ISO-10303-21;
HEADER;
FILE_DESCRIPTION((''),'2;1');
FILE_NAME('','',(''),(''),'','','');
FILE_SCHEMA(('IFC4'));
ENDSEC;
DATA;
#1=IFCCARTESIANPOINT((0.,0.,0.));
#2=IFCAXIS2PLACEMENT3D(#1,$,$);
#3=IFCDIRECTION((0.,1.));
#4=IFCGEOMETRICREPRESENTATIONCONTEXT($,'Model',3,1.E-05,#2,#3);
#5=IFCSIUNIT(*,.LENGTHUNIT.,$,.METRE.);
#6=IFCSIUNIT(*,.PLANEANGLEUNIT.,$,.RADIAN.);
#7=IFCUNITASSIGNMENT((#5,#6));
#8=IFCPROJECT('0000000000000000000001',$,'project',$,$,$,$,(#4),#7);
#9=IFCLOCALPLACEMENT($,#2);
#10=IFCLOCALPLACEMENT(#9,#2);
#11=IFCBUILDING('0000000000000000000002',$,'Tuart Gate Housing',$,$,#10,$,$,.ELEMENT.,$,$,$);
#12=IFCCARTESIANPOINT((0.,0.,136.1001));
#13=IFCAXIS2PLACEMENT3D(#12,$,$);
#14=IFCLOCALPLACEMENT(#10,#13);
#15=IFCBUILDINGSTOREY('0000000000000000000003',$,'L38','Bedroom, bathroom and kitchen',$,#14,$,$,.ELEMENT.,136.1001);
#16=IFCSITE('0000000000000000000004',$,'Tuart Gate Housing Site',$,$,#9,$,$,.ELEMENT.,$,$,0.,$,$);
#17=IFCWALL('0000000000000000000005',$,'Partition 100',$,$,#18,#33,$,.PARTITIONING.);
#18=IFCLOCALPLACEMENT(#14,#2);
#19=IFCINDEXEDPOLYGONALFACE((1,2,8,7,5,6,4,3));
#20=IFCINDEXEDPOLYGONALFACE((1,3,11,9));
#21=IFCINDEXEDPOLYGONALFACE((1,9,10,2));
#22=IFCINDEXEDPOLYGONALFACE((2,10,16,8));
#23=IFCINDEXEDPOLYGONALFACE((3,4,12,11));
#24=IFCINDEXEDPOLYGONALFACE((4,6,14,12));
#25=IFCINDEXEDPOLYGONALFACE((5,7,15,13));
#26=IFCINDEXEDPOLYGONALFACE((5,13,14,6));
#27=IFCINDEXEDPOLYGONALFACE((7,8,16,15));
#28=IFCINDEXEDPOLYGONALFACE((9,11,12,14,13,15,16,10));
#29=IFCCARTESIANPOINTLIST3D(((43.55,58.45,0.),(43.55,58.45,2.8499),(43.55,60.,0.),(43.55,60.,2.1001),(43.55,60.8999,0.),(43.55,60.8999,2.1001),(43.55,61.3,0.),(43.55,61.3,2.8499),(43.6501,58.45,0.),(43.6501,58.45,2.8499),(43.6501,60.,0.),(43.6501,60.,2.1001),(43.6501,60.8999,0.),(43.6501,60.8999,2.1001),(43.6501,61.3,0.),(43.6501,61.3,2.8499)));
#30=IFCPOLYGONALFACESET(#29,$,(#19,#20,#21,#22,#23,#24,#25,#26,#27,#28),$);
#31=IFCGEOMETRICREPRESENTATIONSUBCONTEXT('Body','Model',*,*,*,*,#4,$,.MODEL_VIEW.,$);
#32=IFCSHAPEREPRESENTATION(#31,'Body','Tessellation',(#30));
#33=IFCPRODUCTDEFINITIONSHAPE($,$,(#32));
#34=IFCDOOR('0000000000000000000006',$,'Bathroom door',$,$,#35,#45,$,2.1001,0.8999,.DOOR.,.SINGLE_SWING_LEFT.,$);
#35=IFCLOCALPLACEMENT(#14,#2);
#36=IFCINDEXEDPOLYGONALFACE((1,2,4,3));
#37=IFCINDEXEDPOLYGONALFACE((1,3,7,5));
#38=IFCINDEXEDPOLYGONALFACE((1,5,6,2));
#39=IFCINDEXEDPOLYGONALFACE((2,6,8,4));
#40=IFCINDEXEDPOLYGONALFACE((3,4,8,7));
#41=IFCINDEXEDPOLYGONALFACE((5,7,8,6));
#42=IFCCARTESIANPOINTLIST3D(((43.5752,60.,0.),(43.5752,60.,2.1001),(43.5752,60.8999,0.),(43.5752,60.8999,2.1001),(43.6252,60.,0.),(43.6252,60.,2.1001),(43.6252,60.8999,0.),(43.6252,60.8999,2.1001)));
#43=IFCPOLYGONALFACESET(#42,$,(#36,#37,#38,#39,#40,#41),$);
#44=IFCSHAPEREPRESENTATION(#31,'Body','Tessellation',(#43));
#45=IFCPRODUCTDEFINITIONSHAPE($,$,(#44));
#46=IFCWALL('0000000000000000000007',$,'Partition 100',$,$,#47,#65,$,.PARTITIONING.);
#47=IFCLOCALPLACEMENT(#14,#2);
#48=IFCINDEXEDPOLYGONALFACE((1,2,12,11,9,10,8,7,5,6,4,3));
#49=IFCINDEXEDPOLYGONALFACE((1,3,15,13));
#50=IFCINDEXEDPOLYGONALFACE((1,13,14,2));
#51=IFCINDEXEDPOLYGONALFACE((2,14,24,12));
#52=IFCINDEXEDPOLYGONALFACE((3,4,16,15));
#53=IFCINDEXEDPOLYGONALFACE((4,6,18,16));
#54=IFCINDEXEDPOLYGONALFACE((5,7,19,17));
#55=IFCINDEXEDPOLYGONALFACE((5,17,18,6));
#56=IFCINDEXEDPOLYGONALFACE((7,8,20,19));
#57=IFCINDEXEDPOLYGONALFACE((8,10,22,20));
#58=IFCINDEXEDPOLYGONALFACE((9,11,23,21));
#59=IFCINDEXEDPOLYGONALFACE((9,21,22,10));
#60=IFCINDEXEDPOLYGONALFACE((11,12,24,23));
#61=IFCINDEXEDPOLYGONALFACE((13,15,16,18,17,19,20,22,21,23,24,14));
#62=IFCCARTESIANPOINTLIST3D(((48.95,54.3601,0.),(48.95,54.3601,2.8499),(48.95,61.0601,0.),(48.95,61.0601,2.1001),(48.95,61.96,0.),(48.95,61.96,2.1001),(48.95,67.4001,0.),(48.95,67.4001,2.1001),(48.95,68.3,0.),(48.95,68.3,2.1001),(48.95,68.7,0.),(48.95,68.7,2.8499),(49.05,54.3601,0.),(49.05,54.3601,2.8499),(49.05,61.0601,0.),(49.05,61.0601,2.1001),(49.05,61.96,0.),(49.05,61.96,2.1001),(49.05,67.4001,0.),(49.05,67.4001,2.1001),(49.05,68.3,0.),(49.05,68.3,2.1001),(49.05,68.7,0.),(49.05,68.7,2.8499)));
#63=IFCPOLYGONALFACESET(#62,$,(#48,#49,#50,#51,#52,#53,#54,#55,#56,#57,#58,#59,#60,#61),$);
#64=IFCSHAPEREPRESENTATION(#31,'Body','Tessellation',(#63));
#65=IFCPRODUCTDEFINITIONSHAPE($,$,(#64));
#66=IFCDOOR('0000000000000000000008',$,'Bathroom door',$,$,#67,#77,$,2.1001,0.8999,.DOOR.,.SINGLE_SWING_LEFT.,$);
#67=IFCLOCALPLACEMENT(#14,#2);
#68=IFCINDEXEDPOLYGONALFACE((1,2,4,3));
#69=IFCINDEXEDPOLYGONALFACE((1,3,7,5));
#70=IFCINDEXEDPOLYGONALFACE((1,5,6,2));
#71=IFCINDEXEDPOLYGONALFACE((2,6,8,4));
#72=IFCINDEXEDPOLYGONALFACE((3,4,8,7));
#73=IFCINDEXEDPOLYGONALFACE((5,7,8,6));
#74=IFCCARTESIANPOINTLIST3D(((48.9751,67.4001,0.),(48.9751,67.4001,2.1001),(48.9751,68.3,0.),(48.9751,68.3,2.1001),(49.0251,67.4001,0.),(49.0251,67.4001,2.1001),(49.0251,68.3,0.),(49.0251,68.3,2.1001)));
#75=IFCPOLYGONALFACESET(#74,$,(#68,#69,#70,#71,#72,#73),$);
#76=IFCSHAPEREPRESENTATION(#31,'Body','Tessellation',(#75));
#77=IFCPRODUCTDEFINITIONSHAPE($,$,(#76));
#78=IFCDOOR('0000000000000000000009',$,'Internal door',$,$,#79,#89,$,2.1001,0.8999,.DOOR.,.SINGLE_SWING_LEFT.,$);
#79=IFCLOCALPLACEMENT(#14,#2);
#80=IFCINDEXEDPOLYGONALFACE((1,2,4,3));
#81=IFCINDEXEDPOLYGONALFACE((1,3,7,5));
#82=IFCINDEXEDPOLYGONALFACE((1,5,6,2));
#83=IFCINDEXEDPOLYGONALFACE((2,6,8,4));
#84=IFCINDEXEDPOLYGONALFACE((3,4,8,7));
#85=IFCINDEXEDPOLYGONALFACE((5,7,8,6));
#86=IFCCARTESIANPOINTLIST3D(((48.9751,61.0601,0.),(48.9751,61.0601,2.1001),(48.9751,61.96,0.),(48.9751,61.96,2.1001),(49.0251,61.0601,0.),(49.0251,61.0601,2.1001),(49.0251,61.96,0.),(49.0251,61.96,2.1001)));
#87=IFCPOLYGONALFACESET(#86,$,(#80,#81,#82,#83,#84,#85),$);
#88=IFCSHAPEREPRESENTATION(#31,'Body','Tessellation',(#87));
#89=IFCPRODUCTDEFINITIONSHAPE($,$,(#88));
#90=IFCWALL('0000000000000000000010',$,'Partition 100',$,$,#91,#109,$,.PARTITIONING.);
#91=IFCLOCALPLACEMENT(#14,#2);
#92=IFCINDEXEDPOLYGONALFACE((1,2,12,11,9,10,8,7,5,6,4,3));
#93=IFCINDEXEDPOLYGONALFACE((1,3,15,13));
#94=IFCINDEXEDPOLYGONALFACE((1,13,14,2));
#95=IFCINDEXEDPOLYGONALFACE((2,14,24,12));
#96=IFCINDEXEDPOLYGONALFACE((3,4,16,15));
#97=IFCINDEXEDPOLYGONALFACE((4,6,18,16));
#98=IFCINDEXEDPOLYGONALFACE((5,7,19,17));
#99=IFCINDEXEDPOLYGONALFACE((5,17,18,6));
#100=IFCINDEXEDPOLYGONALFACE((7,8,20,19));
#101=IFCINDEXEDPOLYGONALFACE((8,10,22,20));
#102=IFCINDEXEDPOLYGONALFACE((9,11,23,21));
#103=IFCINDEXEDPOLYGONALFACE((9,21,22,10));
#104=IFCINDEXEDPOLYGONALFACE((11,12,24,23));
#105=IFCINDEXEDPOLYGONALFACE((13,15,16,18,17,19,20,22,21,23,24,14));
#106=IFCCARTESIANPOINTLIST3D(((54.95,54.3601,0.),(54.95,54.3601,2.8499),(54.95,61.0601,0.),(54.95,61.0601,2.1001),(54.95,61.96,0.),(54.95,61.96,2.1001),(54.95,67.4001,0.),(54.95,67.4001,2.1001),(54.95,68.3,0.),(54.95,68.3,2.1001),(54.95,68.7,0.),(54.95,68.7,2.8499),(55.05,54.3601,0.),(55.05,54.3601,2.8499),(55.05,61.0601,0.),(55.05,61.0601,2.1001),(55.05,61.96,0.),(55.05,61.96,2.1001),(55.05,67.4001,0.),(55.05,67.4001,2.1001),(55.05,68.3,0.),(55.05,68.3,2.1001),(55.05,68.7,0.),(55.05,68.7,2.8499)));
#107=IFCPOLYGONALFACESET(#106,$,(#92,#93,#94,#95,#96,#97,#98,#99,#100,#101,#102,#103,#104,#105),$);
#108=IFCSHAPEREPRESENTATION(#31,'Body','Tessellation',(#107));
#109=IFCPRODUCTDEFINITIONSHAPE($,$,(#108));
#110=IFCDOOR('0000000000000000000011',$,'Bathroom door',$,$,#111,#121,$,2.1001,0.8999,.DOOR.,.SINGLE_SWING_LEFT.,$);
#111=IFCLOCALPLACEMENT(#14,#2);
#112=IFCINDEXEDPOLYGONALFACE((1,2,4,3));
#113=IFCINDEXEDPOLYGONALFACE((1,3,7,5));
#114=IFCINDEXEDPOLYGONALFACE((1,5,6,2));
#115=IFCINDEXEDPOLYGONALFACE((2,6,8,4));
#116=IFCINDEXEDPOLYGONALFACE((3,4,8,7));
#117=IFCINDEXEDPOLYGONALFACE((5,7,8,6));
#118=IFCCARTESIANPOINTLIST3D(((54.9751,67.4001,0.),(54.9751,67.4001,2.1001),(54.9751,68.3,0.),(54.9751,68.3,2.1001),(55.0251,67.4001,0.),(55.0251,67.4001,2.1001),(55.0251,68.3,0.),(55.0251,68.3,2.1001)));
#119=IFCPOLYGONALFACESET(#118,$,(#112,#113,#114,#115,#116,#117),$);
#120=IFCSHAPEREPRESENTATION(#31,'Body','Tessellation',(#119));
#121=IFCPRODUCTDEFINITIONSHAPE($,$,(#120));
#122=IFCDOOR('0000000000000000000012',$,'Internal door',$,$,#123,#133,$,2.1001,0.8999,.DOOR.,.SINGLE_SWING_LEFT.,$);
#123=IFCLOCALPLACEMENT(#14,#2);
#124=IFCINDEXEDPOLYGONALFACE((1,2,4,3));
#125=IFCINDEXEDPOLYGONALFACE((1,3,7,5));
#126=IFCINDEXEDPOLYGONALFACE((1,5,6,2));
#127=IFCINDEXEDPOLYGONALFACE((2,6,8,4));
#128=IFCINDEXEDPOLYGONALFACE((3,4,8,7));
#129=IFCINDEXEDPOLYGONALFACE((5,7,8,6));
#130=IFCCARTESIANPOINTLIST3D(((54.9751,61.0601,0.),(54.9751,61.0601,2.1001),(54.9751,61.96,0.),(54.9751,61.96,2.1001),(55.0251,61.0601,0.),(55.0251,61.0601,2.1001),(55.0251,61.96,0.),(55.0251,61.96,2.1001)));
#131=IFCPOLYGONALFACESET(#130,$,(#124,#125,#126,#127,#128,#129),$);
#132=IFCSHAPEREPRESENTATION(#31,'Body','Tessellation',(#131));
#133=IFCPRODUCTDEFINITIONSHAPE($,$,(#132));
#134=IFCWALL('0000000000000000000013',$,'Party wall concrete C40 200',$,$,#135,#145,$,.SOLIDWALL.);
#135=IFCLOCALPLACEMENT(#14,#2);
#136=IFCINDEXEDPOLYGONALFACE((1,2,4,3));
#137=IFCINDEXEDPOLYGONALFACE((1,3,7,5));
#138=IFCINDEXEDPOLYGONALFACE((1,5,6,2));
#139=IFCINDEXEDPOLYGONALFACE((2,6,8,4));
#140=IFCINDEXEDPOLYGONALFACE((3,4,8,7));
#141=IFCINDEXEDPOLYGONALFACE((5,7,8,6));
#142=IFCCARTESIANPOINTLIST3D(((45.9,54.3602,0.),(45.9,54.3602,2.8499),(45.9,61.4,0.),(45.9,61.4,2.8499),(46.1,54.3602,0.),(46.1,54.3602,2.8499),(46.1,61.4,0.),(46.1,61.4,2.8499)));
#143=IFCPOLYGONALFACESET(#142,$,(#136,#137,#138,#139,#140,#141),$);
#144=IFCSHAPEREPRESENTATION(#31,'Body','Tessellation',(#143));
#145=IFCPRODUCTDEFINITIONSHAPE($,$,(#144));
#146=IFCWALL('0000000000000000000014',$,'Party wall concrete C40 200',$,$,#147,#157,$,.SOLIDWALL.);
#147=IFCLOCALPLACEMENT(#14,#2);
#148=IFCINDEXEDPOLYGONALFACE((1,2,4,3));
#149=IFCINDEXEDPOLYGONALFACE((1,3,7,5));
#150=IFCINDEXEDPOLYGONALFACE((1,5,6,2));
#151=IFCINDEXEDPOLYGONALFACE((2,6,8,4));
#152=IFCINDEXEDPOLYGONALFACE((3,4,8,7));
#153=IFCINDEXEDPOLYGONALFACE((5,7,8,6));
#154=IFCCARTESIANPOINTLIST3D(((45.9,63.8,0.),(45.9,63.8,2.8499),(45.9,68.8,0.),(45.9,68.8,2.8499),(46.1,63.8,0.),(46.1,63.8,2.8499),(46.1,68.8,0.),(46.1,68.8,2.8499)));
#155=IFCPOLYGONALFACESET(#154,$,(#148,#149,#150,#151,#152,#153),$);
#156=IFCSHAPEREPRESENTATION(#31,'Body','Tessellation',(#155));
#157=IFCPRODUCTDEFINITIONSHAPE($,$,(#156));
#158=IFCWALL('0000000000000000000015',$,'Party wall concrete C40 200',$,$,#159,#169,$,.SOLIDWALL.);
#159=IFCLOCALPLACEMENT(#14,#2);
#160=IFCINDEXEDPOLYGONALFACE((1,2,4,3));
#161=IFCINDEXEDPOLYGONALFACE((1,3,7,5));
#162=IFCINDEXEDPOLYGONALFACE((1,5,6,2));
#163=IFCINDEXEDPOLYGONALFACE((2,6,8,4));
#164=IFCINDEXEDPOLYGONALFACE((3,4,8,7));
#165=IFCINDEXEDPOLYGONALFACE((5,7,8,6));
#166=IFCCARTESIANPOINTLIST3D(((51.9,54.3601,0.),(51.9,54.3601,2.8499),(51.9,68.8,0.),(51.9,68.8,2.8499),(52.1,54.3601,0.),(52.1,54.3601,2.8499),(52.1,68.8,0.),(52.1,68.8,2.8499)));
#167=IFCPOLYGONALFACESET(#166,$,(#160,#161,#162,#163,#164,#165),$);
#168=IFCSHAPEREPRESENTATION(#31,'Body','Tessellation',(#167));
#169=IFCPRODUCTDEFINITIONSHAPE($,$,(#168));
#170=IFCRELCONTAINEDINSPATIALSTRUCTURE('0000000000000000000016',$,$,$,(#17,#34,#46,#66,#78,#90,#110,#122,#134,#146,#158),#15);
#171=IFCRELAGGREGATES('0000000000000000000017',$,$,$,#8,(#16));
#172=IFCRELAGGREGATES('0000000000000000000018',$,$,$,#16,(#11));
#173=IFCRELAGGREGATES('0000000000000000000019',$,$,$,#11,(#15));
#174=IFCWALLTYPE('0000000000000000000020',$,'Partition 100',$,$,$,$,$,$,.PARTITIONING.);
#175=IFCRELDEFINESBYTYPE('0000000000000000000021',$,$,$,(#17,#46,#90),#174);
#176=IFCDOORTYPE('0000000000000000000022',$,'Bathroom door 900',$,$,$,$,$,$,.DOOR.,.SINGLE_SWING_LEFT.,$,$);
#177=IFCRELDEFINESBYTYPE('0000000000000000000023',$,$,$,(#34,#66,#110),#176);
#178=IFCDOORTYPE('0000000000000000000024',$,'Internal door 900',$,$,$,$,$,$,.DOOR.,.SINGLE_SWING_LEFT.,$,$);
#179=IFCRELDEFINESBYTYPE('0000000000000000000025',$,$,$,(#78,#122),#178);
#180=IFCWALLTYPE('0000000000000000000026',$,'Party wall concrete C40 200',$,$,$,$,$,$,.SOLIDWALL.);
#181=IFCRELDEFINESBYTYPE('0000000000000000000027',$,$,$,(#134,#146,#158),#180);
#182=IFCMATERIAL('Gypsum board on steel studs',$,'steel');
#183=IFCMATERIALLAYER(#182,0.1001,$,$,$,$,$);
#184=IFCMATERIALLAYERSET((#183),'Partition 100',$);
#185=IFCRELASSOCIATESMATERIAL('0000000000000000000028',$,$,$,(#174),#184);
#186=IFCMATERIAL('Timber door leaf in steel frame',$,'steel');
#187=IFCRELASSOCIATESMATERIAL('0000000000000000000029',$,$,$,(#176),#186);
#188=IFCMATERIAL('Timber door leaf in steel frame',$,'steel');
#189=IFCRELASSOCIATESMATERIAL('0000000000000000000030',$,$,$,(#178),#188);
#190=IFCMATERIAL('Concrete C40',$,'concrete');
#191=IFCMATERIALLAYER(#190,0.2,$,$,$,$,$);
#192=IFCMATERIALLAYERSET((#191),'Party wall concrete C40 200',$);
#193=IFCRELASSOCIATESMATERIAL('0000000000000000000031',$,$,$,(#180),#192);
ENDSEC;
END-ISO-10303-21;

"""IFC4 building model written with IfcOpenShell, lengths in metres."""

from ifc_helpers import new_model, si_unit, direction, frame, frame_2d, origin, place, context, subcontext, project, spatial, rectangle, extrude, material, layer, layer_set, type_object, element, fill, save


model = new_model("IFC4")

# Units and contexts
model_context = context("Model", 3, precision=1e-05, world=origin(), true_north=direction((0.0, 1.0)))
body_context = subcontext(model_context, "Body", "Model", "MODEL_VIEW")
ifc_project = project(units=[si_unit("LENGTHUNIT", "METRE"), si_unit("PLANEANGLEUNIT", "RADIAN")], contexts=[model_context])

# Site, building, storey
site_placement = place(None, origin())
site = spatial("IfcSite", under=ifc_project, at=site_placement, Name="Tuart Gate Housing Site", CompositionType="ELEMENT", RefElevation=0.0)
building_placement = place(site_placement, origin())
building = spatial("IfcBuilding", under=site, at=building_placement, Name="Tuart Gate Housing", CompositionType="ELEMENT")
storey_placement = place(building_placement, frame((0.0, 0.0, 136.1001)))
storey = spatial("IfcBuildingStorey", under=building, at=storey_placement, Name="L38", Description="Bedroom, bathroom and kitchen", CompositionType="ELEMENT", Elevation=136.1001)

# Shared definitions
ifc_material_1 = material(Name="Gypsum board on steel studs", Category="steel")
ifc_layer_1 = layer(ifc_material_1, 0.1001)
ifc_layer_set_1 = layer_set([ifc_layer_1], Name="Partition 100")
wall_type_1 = type_object("IfcWallType", Name="Partition 100", PredefinedType="PARTITIONING", material=ifc_layer_set_1)

# Wall, opening, door
wall_1_placement = place(storey_placement, frame((43.6001, 58.45, 0.0), z_axis=(0.0, 0.0, 1.0), x_axis=(0.0, 1.0, 0.0)))
wall_1 = element("IfcWall", 1, at=wall_1_placement, inside=storey, type_object=wall_type_1, Name="Partition 100", PredefinedType="PARTITIONING", context=body_context, shape_type="SweptSolid", body=[
    extrude(rectangle(XDim=2.8501, YDim=0.1001, at=frame_2d((1.425, 0.0))), origin(), (0.0, 0.0, 1.0), 2.8499),
])
opening_1_placement = place(wall_1_placement, frame((1.55, 0.0, 0.0)))
opening_1 = element("IfcOpeningElement", 2, at=opening_1_placement, cuts=wall_1, PredefinedType="OPENING", context=body_context, shape_type="SweptSolid", body=[
    extrude(rectangle(XDim=0.8999, YDim=2.1001, at=frame_2d((0.45, 1.05))), frame((0.0, 0.0601, 0.0), z_axis=(0.0, -1.0, 0.0), x_axis=(1.0, 0.0, 0.0)), (0.0, 0.0, 1.0), 0.1201),
])
ifc_material_2 = material(Name="Timber door leaf in steel frame", Category="steel")
door_type_1 = type_object("IfcDoorType", Name="Bathroom door 900", OperationType="SINGLE_SWING_LEFT", PredefinedType="DOOR", material=ifc_material_2)
door_1_placement = place(opening_1_placement, frame((0.8999, 0.0, 0.0), z_axis=(0.0, 0.0, 1.0), x_axis=(-1.0, 0.0, 0.0)))
door_1 = element("IfcDoor", 3, at=door_1_placement, inside=storey, type_object=door_type_1, Name="Bathroom door", OperationType="SINGLE_SWING_LEFT", OverallHeight=2.1001, OverallWidth=0.8999, PredefinedType="DOOR", context=body_context, shape_type="SweptSolid", body=[
    extrude(rectangle(XDim=0.8999, YDim=2.1001, at=frame_2d((0.45, 1.05))), frame((0.0, 0.0251, 0.0), z_axis=(0.0, -1.0, 0.0), x_axis=(1.0, 0.0, 0.0)), (0.0, 0.0, 1.0), 0.05),
])
fill(opening_1, door_1)

# Walls, openings, doors
wall_2_placement = place(storey_placement, frame((49.0, 54.3601, 0.0), z_axis=(0.0, 0.0, 1.0), x_axis=(0.0, 1.0, 0.0)))
wall_2 = element("IfcWall", 4, at=wall_2_placement, inside=storey, type_object=wall_type_1, Name="Partition 100", PredefinedType="PARTITIONING", context=body_context, shape_type="SweptSolid", body=[
    extrude(rectangle(XDim=14.3398, YDim=0.1001, at=frame_2d((7.1699, 0.0))), origin(), (0.0, 0.0, 1.0), 2.8499),
])
opening_2_placement = place(wall_2_placement, frame((6.7, 0.0, 0.0)))
opening_2 = element("IfcOpeningElement", 5, at=opening_2_placement, cuts=wall_2, PredefinedType="OPENING", context=body_context, shape_type="SweptSolid", body=[
    extrude(rectangle(XDim=0.8999, YDim=2.1001, at=frame_2d((0.45, 1.05))), frame((0.0, 0.0601, 0.0), z_axis=(0.0, -1.0, 0.0), x_axis=(1.0, 0.0, 0.0)), (0.0, 0.0, 1.0), 0.1201),
])
opening_3_placement = place(wall_2_placement, frame((13.04, 0.0, 0.0)))
opening_3 = element("IfcOpeningElement", 6, at=opening_3_placement, cuts=wall_2, PredefinedType="OPENING", context=body_context, shape_type="SweptSolid", body=[
    extrude(rectangle(XDim=0.8999, YDim=2.1001, at=frame_2d((0.45, 1.05))), frame((0.0, 0.0601, 0.0), z_axis=(0.0, -1.0, 0.0), x_axis=(1.0, 0.0, 0.0)), (0.0, 0.0, 1.0), 0.1201),
])
door_2_placement = place(opening_3_placement, frame((0.8999, 0.0, 0.0), z_axis=(0.0, 0.0, 1.0), x_axis=(-1.0, 0.0, 0.0)))
door_2 = element("IfcDoor", 7, at=door_2_placement, inside=storey, type_object=door_type_1, Name="Bathroom door", OperationType="SINGLE_SWING_LEFT", OverallHeight=2.1001, OverallWidth=0.8999, PredefinedType="DOOR", context=body_context, shape_type="SweptSolid", body=[
    extrude(rectangle(XDim=0.8999, YDim=2.1001, at=frame_2d((0.45, 1.05))), frame((0.0, 0.0251, 0.0), z_axis=(0.0, -1.0, 0.0), x_axis=(1.0, 0.0, 0.0)), (0.0, 0.0, 1.0), 0.05),
])
fill(opening_3, door_2)
ifc_material_3 = material(Name="Timber door leaf in steel frame", Category="steel")
door_type_2 = type_object("IfcDoorType", Name="Internal door 900", OperationType="SINGLE_SWING_LEFT", PredefinedType="DOOR", material=ifc_material_3)
door_3_placement = place(opening_2_placement, frame((0.8999, 0.0, 0.0), z_axis=(0.0, 0.0, 1.0), x_axis=(-1.0, 0.0, 0.0)))
door_3 = element("IfcDoor", 8, at=door_3_placement, inside=storey, type_object=door_type_2, Name="Internal door", OperationType="SINGLE_SWING_LEFT", OverallHeight=2.1001, OverallWidth=0.8999, PredefinedType="DOOR", context=body_context, shape_type="SweptSolid", body=[
    extrude(rectangle(XDim=0.8999, YDim=2.1001, at=frame_2d((0.45, 1.05))), frame((0.0, 0.0251, 0.0), z_axis=(0.0, -1.0, 0.0), x_axis=(1.0, 0.0, 0.0)), (0.0, 0.0, 1.0), 0.05),
])
fill(opening_2, door_3)
wall_3_placement = place(storey_placement, frame((55.0, 54.3601, 0.0), z_axis=(0.0, 0.0, 1.0), x_axis=(0.0, 1.0, 0.0)))
wall_3 = element("IfcWall", 9, at=wall_3_placement, inside=storey, type_object=wall_type_1, Name="Partition 100", PredefinedType="PARTITIONING", context=body_context, shape_type="SweptSolid", body=[
    extrude(rectangle(XDim=14.3398, YDim=0.1001, at=frame_2d((7.1699, 0.0))), origin(), (0.0, 0.0, 1.0), 2.8499),
])
opening_4_placement = place(wall_3_placement, frame((6.7, 0.0, 0.0)))
opening_4 = element("IfcOpeningElement", 10, at=opening_4_placement, cuts=wall_3, PredefinedType="OPENING", context=body_context, shape_type="SweptSolid", body=[
    extrude(rectangle(XDim=0.8999, YDim=2.1001, at=frame_2d((0.45, 1.05))), frame((0.0, 0.0601, 0.0), z_axis=(0.0, -1.0, 0.0), x_axis=(1.0, 0.0, 0.0)), (0.0, 0.0, 1.0), 0.1201),
])
opening_5_placement = place(wall_3_placement, frame((13.04, 0.0, 0.0)))
opening_5 = element("IfcOpeningElement", 11, at=opening_5_placement, cuts=wall_3, PredefinedType="OPENING", context=body_context, shape_type="SweptSolid", body=[
    extrude(rectangle(XDim=0.8999, YDim=2.1001, at=frame_2d((0.45, 1.05))), frame((0.0, 0.0601, 0.0), z_axis=(0.0, -1.0, 0.0), x_axis=(1.0, 0.0, 0.0)), (0.0, 0.0, 1.0), 0.1201),
])
door_4_placement = place(opening_5_placement, frame((0.8999, 0.0, 0.0), z_axis=(0.0, 0.0, 1.0), x_axis=(-1.0, 0.0, 0.0)))
door_4 = element("IfcDoor", 12, at=door_4_placement, inside=storey, type_object=door_type_1, Name="Bathroom door", OperationType="SINGLE_SWING_LEFT", OverallHeight=2.1001, OverallWidth=0.8999, PredefinedType="DOOR", context=body_context, shape_type="SweptSolid", body=[
    extrude(rectangle(XDim=0.8999, YDim=2.1001, at=frame_2d((0.45, 1.05))), frame((0.0, 0.0251, 0.0), z_axis=(0.0, -1.0, 0.0), x_axis=(1.0, 0.0, 0.0)), (0.0, 0.0, 1.0), 0.05),
])
fill(opening_5, door_4)
door_5_placement = place(opening_4_placement, frame((0.8999, 0.0, 0.0), z_axis=(0.0, 0.0, 1.0), x_axis=(-1.0, 0.0, 0.0)))
door_5 = element("IfcDoor", 13, at=door_5_placement, inside=storey, type_object=door_type_2, Name="Internal door", OperationType="SINGLE_SWING_LEFT", OverallHeight=2.1001, OverallWidth=0.8999, PredefinedType="DOOR", context=body_context, shape_type="SweptSolid", body=[
    extrude(rectangle(XDim=0.8999, YDim=2.1001, at=frame_2d((0.45, 1.05))), frame((0.0, 0.0251, 0.0), z_axis=(0.0, -1.0, 0.0), x_axis=(1.0, 0.0, 0.0)), (0.0, 0.0, 1.0), 0.05),
])
fill(opening_4, door_5)

# Walls
ifc_material_4 = material(Name="Concrete C40", Category="concrete")
ifc_layer_2 = layer(ifc_material_4, 0.2)
ifc_layer_set_2 = layer_set([ifc_layer_2], Name="Party wall concrete C40 200")
wall_type_2 = type_object("IfcWallType", Name="Party wall concrete C40 200", PredefinedType="SOLIDWALL", material=ifc_layer_set_2)
wall_4_placement = place(storey_placement, frame((46.0, 54.3601, 0.0), z_axis=(0.0, 0.0, 1.0), x_axis=(0.0, 1.0, 0.0)))
element("IfcWall", 14, at=wall_4_placement, inside=storey, type_object=wall_type_2, Name="Party wall concrete C40 200", PredefinedType="SOLIDWALL", context=body_context, shape_type="SweptSolid", body=[
    extrude(rectangle(XDim=7.0398, YDim=0.2, at=frame_2d((3.52, 0.0))), origin(), (0.0, 0.0, 1.0), 2.8499),
])
wall_5_placement = place(storey_placement, frame((46.0, 63.8, 0.0), z_axis=(0.0, 0.0, 1.0), x_axis=(0.0, 1.0, 0.0)))
element("IfcWall", 15, at=wall_5_placement, inside=storey, type_object=wall_type_2, Name="Party wall concrete C40 200", PredefinedType="SOLIDWALL", context=body_context, shape_type="SweptSolid", body=[
    extrude(rectangle(XDim=5.0, YDim=0.2, at=frame_2d((2.5, 0.0))), origin(), (0.0, 0.0, 1.0), 2.8499),
])
wall_6_placement = place(storey_placement, frame((52.0, 54.3601, 0.0), z_axis=(0.0, 0.0, 1.0), x_axis=(0.0, 1.0, 0.0)))
element("IfcWall", 16, at=wall_6_placement, inside=storey, type_object=wall_type_2, Name="Party wall concrete C40 200", PredefinedType="SOLIDWALL", context=body_context, shape_type="SweptSolid", body=[
    extrude(rectangle(XDim=14.4399, YDim=0.2, at=frame_2d((7.22, 0.0))), origin(), (0.0, 0.0, 1.0), 2.8499),
])

save(model, "model.ifc")
